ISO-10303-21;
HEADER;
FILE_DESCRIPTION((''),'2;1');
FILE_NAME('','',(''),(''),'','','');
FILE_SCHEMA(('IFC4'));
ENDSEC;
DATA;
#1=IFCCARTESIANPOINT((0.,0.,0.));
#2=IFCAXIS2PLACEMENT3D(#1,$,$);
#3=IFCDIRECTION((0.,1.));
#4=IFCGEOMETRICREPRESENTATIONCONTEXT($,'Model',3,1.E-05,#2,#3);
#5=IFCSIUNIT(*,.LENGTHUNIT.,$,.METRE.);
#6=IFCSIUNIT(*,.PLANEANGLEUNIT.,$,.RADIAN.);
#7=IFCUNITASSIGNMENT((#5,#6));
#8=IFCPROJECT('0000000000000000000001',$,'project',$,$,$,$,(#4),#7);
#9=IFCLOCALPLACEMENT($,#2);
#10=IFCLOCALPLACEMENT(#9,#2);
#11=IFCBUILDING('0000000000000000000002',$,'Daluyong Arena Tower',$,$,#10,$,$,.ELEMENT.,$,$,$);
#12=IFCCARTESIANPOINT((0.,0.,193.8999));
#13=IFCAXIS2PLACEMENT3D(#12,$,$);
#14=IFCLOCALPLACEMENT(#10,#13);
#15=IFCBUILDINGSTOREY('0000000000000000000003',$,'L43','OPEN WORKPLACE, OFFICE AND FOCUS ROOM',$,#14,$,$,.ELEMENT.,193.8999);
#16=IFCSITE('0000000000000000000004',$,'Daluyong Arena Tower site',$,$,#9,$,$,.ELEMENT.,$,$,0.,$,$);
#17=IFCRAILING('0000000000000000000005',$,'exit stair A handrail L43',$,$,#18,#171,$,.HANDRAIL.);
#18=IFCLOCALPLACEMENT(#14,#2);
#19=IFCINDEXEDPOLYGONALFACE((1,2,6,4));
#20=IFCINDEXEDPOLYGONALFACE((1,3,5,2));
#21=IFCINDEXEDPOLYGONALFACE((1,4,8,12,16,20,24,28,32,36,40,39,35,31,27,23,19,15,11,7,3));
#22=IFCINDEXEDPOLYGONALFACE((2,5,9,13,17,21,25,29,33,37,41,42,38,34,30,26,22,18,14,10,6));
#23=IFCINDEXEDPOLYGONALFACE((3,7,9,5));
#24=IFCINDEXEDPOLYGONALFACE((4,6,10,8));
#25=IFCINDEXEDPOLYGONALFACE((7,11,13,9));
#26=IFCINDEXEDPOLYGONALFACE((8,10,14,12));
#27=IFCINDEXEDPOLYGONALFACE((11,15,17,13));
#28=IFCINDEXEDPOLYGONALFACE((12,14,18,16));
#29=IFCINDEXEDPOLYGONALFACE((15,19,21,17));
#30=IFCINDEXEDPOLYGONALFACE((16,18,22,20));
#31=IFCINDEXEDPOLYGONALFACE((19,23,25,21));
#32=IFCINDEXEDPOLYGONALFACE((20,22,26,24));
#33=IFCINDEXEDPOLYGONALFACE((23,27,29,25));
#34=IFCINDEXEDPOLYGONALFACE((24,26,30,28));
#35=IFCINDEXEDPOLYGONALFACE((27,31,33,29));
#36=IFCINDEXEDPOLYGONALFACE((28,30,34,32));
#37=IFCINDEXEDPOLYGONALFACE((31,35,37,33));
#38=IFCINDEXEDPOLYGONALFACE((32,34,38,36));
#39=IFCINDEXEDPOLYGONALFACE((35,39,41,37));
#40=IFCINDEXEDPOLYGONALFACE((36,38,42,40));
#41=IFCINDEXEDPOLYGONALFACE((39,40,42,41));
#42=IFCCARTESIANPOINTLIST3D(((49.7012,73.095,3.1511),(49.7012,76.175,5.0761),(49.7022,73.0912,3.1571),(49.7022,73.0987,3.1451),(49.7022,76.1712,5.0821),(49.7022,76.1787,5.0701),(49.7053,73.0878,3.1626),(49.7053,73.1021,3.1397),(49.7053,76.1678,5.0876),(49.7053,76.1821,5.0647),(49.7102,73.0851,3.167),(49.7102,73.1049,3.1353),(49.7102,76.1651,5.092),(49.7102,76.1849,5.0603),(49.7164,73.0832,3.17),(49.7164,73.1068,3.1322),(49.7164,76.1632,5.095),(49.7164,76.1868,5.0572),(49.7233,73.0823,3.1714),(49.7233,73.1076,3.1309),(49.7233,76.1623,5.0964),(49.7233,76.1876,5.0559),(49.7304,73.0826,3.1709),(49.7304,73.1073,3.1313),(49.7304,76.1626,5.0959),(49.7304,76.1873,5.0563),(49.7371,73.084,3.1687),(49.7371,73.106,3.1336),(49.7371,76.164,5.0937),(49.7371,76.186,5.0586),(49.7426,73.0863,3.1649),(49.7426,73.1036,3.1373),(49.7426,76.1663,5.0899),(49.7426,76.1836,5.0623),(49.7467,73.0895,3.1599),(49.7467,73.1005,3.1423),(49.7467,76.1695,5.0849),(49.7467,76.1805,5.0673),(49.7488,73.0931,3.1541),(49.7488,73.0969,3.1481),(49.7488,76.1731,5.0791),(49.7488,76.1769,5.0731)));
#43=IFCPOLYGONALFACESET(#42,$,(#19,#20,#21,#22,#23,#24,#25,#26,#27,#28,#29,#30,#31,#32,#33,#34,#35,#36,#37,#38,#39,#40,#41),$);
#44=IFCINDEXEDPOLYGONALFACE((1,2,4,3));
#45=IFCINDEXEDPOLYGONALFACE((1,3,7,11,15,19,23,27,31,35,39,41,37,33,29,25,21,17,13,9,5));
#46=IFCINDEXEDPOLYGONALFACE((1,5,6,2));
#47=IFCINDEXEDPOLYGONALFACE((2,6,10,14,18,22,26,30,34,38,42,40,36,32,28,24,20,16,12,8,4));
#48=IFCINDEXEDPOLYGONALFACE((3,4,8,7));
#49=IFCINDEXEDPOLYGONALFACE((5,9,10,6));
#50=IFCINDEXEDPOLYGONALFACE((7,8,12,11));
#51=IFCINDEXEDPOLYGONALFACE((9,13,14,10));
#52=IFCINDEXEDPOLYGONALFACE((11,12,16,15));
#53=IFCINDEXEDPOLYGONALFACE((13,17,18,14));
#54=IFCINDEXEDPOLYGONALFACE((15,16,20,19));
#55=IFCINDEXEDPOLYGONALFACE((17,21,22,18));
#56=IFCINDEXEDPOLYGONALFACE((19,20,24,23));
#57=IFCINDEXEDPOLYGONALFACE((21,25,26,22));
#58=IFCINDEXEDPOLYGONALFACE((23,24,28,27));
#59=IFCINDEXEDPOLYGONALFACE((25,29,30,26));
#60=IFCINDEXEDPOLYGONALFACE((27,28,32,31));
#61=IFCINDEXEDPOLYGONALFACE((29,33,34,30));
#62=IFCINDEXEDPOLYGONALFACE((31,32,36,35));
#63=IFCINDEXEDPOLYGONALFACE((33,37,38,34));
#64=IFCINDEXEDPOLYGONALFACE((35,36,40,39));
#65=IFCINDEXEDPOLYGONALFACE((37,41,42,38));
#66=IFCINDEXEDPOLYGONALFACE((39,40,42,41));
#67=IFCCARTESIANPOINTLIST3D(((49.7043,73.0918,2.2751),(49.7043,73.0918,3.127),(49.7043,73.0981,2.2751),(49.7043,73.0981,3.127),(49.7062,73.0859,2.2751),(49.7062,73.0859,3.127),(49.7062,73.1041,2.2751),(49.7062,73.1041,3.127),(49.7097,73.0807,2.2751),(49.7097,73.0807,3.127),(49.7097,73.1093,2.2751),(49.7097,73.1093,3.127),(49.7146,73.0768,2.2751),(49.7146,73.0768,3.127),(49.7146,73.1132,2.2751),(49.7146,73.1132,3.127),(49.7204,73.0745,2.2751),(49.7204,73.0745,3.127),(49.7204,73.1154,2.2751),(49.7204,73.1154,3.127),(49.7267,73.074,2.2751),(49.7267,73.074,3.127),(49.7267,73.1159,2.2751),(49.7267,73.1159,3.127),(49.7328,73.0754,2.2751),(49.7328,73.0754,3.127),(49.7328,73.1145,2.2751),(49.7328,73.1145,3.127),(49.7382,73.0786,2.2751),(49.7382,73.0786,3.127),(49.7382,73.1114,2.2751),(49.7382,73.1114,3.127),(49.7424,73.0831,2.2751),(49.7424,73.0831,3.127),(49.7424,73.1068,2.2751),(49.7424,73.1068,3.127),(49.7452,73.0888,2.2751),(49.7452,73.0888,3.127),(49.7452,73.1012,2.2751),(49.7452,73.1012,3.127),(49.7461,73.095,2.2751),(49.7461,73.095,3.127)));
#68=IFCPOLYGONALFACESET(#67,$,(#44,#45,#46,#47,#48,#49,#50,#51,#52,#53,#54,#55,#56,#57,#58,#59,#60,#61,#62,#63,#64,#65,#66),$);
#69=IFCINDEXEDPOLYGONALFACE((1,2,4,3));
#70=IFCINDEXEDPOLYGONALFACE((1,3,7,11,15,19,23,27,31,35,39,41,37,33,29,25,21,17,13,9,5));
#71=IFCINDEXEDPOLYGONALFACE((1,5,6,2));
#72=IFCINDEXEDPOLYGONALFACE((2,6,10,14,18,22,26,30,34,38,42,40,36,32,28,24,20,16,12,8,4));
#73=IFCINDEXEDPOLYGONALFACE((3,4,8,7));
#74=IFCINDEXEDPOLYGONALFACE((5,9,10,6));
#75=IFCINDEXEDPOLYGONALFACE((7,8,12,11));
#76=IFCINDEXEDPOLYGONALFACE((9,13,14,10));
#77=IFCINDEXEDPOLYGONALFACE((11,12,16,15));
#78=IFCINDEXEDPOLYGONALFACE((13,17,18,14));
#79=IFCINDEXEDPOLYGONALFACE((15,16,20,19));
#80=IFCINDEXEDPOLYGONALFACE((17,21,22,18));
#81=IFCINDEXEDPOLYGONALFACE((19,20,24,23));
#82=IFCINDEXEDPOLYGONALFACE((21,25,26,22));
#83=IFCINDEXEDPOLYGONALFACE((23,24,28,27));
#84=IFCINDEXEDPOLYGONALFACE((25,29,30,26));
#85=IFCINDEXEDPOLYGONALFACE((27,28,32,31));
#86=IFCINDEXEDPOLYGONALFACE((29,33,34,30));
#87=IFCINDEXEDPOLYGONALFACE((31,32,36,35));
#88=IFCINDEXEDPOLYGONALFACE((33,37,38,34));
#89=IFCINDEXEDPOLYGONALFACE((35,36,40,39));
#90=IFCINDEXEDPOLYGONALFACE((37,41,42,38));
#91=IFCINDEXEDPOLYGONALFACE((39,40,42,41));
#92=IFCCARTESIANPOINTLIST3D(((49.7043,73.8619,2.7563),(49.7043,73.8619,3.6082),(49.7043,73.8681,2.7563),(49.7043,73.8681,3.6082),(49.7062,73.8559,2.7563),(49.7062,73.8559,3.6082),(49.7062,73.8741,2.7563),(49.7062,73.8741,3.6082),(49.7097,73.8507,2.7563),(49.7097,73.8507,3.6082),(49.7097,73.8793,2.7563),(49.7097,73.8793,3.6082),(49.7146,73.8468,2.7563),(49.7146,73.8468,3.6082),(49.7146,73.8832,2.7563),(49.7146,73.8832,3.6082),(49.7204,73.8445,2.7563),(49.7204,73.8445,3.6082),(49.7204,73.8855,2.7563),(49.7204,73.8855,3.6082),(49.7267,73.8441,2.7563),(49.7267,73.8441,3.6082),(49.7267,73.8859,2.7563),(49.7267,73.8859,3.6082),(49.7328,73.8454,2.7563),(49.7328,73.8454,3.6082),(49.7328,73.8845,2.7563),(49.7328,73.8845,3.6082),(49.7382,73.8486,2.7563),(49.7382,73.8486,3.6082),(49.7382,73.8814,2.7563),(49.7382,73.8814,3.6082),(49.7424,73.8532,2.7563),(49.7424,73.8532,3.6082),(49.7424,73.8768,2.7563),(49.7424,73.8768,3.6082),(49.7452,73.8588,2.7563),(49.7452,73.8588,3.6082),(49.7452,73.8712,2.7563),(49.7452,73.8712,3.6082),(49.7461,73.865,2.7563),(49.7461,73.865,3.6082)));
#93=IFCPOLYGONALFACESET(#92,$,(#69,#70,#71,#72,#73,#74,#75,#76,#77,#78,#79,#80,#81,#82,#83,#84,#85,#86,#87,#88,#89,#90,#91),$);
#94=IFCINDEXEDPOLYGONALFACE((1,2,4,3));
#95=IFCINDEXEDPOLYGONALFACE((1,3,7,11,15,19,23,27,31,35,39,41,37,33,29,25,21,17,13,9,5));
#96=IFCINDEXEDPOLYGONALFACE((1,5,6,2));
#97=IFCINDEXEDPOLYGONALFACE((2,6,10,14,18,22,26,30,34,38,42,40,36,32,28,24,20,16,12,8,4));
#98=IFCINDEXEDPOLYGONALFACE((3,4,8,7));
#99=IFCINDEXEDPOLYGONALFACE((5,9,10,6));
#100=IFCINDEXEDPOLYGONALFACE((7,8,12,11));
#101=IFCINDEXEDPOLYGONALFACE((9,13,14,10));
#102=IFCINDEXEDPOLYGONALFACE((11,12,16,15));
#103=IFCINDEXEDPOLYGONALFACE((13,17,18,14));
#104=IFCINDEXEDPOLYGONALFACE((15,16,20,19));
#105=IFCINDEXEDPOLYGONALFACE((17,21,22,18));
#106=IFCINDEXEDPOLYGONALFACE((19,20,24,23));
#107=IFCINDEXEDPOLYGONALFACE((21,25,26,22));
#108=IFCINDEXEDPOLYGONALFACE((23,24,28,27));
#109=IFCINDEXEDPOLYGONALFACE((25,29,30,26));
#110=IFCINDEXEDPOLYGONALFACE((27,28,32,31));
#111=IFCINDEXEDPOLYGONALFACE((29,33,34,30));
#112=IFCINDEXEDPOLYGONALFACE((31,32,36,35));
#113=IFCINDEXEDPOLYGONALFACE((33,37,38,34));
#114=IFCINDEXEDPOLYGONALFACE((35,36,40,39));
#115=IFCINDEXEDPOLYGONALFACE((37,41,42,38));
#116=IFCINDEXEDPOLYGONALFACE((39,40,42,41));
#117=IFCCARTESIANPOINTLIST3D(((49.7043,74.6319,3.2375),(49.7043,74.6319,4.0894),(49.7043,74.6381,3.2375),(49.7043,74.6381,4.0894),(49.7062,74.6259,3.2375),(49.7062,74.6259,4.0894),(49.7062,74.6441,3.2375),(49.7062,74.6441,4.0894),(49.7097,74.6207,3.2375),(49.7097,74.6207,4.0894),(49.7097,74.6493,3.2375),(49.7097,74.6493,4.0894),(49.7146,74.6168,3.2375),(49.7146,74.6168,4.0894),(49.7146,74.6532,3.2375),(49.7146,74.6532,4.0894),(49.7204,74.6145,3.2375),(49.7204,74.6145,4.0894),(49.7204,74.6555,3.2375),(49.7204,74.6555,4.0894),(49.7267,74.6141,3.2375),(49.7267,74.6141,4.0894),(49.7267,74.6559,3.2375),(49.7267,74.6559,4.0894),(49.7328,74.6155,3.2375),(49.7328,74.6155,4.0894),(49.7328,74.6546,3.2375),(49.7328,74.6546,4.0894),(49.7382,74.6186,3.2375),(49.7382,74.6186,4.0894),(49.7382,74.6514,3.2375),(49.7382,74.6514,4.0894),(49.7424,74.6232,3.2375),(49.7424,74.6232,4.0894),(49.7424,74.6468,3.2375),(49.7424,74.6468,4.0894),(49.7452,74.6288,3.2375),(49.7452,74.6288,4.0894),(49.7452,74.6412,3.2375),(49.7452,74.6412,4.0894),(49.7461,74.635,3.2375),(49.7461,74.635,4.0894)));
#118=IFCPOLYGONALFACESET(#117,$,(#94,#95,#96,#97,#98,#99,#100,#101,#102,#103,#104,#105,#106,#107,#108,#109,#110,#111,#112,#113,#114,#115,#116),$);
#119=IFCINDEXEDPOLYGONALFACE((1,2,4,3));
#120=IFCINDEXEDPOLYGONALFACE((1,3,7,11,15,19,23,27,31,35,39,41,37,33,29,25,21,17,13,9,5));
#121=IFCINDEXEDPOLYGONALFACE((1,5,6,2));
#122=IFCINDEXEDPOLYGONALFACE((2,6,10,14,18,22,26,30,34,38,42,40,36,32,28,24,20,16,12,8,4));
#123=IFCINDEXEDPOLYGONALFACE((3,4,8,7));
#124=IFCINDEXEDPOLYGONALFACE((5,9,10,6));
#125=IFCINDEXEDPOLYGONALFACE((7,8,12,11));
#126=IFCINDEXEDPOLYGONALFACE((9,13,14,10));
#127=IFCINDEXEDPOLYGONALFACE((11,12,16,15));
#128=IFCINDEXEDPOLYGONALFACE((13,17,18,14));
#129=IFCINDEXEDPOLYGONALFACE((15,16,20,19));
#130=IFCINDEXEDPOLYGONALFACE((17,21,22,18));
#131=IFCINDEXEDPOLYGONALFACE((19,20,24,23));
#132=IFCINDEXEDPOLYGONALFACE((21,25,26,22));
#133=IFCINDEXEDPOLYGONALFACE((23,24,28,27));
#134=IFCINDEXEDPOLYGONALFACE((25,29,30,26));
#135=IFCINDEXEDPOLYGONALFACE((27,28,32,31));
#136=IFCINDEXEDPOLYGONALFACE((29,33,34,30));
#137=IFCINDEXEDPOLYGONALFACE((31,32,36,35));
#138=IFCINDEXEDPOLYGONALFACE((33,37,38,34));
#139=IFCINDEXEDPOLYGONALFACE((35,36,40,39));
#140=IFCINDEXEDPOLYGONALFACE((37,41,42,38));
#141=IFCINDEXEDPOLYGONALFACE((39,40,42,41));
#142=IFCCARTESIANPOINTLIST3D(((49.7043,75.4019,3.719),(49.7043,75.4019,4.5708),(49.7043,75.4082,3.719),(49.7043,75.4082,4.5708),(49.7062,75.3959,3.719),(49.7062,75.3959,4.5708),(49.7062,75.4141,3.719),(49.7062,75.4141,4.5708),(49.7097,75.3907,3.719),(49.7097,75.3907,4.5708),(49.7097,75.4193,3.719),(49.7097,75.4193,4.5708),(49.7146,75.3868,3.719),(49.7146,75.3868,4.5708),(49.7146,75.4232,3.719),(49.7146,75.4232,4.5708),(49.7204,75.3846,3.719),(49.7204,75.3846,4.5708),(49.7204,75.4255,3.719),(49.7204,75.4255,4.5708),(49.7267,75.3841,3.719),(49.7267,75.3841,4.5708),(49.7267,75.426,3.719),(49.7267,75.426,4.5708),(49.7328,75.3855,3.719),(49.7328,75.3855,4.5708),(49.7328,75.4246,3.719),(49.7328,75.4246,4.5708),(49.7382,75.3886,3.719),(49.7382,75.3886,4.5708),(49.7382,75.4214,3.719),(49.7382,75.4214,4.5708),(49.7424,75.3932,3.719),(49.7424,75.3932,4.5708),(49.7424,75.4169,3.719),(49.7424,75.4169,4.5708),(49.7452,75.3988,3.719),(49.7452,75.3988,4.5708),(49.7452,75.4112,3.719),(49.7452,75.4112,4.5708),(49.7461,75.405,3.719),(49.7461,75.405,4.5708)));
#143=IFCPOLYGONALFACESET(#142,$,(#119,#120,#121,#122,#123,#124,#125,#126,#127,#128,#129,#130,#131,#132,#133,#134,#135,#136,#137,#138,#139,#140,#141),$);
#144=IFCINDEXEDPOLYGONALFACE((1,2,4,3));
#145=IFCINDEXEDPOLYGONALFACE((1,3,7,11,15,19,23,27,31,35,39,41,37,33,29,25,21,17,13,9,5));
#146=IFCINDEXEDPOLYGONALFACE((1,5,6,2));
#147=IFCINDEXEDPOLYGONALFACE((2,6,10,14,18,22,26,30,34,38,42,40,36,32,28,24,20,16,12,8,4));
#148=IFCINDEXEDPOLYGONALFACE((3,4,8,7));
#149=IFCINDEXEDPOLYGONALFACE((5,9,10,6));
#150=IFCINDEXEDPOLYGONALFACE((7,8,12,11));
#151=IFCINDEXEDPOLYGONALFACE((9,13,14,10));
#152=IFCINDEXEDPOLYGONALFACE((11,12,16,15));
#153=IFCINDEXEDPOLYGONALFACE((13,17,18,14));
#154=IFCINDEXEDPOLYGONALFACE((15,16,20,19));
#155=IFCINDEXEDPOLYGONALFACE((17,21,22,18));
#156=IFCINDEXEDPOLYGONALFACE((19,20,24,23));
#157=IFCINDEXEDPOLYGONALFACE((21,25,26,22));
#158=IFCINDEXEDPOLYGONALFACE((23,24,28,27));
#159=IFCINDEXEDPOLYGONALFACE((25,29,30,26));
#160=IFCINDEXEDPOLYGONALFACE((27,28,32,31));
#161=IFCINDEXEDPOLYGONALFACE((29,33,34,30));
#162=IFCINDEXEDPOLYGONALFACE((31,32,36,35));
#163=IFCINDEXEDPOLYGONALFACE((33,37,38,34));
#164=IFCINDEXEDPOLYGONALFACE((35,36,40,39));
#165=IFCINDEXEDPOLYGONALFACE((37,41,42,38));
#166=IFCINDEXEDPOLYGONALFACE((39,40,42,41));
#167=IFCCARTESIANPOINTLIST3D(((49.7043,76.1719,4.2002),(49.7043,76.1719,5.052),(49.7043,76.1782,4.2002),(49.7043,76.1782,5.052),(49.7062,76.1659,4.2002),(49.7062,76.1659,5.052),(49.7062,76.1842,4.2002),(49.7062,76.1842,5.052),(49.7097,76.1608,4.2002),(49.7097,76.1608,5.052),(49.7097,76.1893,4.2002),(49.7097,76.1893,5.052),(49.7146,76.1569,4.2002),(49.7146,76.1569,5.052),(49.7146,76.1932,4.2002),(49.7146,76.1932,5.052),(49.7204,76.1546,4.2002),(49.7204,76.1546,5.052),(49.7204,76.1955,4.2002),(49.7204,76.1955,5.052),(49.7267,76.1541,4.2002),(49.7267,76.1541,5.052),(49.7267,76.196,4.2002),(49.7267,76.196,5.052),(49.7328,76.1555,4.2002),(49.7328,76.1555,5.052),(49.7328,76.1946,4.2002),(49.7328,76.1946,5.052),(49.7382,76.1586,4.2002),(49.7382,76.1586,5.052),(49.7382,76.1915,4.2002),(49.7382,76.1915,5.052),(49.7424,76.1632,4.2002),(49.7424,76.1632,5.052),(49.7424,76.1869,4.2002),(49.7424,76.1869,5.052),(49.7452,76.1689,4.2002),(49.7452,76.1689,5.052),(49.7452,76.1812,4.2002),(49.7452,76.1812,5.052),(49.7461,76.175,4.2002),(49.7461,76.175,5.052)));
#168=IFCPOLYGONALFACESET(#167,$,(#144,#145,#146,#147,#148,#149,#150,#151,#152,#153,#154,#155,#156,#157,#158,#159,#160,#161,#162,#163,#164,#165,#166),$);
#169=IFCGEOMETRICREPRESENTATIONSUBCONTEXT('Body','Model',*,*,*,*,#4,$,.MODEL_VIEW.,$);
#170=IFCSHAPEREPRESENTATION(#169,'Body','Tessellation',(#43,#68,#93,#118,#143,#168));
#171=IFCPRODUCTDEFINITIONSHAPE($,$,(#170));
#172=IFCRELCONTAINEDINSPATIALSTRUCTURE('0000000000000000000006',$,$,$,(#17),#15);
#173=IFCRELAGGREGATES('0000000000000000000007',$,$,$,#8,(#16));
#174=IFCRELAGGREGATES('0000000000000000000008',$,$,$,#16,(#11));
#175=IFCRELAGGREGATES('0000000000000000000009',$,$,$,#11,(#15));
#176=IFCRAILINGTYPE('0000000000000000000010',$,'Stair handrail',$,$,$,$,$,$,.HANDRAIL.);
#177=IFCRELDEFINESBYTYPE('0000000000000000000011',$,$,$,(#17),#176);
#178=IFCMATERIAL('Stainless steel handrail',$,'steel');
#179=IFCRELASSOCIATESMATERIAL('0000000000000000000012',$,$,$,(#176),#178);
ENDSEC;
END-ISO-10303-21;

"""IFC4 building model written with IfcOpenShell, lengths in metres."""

from ifc_helpers import new_model, si_unit, direction, frame, origin, origin_2d, place, context, subcontext, project, spatial, circle, extrude, material, type_object, element, save


model = new_model("IFC4")

# Units and contexts
model_context = context("Model", 3, precision=1e-05, world=origin(), true_north=direction((0.0, 1.0)))
body_context = subcontext(model_context, "Body", "Model", "MODEL_VIEW")
ifc_project = project(units=[si_unit("LENGTHUNIT", "METRE"), si_unit("PLANEANGLEUNIT", "RADIAN")], contexts=[model_context])

# Site, building, storey
site_placement = place(None, origin())
site = spatial("IfcSite", under=ifc_project, at=site_placement, Name="Daluyong Arena Tower site", CompositionType="ELEMENT", RefElevation=0.0)
building_placement = place(site_placement, origin())
building = spatial("IfcBuilding", under=site, at=building_placement, Name="Daluyong Arena Tower", CompositionType="ELEMENT")
storey_placement = place(building_placement, frame((0.0, 0.0, 193.8999)))
storey = spatial("IfcBuildingStorey", under=building, at=storey_placement, Name="L43", Description="OPEN WORKPLACE, OFFICE AND FOCUS ROOM", CompositionType="ELEMENT", Elevation=193.8999)

# Railing
ifc_material_1 = material(Name="Stainless steel handrail", Category="steel")
railing_type = type_object("IfcRailingType", Name="Stair handrail", PredefinedType="HANDRAIL", material=ifc_material_1)
railing_placement = place(storey_placement, frame((49.7251, 73.095, 2.2751)))
element("IfcRailing", 1, at=railing_placement, inside=storey, type_object=railing_type, Name="exit stair A handrail L43", PredefinedType="HANDRAIL", context=body_context, shape_type="SweptSolid", body=[
    extrude(circle(Radius=0.0239, at=origin_2d()), frame((0.0, 0.0, 0.876), z_axis=(0.0, 0.847998, 0.529999), x_axis=(-1.0, 0.0, 0.0)), (0.0, 0.0, 1.0), 3.6321),
    extrude(circle(Radius=0.021, at=origin_2d()), origin(), (0.0, 0.0, 1.0), 0.8518),
    extrude(circle(Radius=0.021, at=origin_2d()), frame((0.0, 0.77, 0.4812)), (0.0, 0.0, 1.0), 0.8518),
    extrude(circle(Radius=0.021, at=origin_2d()), frame((0.0, 1.54, 0.9624)), (0.0, 0.0, 1.0), 0.8518),
    extrude(circle(Radius=0.021, at=origin_2d()), frame((0.0, 2.3101, 1.4438)), (0.0, 0.0, 1.0), 0.8518),
    extrude(circle(Radius=0.021, at=origin_2d()), frame((0.0, 3.0801, 1.925)), (0.0, 0.0, 1.0), 0.8518),
])

save(model, "model.ifc")
